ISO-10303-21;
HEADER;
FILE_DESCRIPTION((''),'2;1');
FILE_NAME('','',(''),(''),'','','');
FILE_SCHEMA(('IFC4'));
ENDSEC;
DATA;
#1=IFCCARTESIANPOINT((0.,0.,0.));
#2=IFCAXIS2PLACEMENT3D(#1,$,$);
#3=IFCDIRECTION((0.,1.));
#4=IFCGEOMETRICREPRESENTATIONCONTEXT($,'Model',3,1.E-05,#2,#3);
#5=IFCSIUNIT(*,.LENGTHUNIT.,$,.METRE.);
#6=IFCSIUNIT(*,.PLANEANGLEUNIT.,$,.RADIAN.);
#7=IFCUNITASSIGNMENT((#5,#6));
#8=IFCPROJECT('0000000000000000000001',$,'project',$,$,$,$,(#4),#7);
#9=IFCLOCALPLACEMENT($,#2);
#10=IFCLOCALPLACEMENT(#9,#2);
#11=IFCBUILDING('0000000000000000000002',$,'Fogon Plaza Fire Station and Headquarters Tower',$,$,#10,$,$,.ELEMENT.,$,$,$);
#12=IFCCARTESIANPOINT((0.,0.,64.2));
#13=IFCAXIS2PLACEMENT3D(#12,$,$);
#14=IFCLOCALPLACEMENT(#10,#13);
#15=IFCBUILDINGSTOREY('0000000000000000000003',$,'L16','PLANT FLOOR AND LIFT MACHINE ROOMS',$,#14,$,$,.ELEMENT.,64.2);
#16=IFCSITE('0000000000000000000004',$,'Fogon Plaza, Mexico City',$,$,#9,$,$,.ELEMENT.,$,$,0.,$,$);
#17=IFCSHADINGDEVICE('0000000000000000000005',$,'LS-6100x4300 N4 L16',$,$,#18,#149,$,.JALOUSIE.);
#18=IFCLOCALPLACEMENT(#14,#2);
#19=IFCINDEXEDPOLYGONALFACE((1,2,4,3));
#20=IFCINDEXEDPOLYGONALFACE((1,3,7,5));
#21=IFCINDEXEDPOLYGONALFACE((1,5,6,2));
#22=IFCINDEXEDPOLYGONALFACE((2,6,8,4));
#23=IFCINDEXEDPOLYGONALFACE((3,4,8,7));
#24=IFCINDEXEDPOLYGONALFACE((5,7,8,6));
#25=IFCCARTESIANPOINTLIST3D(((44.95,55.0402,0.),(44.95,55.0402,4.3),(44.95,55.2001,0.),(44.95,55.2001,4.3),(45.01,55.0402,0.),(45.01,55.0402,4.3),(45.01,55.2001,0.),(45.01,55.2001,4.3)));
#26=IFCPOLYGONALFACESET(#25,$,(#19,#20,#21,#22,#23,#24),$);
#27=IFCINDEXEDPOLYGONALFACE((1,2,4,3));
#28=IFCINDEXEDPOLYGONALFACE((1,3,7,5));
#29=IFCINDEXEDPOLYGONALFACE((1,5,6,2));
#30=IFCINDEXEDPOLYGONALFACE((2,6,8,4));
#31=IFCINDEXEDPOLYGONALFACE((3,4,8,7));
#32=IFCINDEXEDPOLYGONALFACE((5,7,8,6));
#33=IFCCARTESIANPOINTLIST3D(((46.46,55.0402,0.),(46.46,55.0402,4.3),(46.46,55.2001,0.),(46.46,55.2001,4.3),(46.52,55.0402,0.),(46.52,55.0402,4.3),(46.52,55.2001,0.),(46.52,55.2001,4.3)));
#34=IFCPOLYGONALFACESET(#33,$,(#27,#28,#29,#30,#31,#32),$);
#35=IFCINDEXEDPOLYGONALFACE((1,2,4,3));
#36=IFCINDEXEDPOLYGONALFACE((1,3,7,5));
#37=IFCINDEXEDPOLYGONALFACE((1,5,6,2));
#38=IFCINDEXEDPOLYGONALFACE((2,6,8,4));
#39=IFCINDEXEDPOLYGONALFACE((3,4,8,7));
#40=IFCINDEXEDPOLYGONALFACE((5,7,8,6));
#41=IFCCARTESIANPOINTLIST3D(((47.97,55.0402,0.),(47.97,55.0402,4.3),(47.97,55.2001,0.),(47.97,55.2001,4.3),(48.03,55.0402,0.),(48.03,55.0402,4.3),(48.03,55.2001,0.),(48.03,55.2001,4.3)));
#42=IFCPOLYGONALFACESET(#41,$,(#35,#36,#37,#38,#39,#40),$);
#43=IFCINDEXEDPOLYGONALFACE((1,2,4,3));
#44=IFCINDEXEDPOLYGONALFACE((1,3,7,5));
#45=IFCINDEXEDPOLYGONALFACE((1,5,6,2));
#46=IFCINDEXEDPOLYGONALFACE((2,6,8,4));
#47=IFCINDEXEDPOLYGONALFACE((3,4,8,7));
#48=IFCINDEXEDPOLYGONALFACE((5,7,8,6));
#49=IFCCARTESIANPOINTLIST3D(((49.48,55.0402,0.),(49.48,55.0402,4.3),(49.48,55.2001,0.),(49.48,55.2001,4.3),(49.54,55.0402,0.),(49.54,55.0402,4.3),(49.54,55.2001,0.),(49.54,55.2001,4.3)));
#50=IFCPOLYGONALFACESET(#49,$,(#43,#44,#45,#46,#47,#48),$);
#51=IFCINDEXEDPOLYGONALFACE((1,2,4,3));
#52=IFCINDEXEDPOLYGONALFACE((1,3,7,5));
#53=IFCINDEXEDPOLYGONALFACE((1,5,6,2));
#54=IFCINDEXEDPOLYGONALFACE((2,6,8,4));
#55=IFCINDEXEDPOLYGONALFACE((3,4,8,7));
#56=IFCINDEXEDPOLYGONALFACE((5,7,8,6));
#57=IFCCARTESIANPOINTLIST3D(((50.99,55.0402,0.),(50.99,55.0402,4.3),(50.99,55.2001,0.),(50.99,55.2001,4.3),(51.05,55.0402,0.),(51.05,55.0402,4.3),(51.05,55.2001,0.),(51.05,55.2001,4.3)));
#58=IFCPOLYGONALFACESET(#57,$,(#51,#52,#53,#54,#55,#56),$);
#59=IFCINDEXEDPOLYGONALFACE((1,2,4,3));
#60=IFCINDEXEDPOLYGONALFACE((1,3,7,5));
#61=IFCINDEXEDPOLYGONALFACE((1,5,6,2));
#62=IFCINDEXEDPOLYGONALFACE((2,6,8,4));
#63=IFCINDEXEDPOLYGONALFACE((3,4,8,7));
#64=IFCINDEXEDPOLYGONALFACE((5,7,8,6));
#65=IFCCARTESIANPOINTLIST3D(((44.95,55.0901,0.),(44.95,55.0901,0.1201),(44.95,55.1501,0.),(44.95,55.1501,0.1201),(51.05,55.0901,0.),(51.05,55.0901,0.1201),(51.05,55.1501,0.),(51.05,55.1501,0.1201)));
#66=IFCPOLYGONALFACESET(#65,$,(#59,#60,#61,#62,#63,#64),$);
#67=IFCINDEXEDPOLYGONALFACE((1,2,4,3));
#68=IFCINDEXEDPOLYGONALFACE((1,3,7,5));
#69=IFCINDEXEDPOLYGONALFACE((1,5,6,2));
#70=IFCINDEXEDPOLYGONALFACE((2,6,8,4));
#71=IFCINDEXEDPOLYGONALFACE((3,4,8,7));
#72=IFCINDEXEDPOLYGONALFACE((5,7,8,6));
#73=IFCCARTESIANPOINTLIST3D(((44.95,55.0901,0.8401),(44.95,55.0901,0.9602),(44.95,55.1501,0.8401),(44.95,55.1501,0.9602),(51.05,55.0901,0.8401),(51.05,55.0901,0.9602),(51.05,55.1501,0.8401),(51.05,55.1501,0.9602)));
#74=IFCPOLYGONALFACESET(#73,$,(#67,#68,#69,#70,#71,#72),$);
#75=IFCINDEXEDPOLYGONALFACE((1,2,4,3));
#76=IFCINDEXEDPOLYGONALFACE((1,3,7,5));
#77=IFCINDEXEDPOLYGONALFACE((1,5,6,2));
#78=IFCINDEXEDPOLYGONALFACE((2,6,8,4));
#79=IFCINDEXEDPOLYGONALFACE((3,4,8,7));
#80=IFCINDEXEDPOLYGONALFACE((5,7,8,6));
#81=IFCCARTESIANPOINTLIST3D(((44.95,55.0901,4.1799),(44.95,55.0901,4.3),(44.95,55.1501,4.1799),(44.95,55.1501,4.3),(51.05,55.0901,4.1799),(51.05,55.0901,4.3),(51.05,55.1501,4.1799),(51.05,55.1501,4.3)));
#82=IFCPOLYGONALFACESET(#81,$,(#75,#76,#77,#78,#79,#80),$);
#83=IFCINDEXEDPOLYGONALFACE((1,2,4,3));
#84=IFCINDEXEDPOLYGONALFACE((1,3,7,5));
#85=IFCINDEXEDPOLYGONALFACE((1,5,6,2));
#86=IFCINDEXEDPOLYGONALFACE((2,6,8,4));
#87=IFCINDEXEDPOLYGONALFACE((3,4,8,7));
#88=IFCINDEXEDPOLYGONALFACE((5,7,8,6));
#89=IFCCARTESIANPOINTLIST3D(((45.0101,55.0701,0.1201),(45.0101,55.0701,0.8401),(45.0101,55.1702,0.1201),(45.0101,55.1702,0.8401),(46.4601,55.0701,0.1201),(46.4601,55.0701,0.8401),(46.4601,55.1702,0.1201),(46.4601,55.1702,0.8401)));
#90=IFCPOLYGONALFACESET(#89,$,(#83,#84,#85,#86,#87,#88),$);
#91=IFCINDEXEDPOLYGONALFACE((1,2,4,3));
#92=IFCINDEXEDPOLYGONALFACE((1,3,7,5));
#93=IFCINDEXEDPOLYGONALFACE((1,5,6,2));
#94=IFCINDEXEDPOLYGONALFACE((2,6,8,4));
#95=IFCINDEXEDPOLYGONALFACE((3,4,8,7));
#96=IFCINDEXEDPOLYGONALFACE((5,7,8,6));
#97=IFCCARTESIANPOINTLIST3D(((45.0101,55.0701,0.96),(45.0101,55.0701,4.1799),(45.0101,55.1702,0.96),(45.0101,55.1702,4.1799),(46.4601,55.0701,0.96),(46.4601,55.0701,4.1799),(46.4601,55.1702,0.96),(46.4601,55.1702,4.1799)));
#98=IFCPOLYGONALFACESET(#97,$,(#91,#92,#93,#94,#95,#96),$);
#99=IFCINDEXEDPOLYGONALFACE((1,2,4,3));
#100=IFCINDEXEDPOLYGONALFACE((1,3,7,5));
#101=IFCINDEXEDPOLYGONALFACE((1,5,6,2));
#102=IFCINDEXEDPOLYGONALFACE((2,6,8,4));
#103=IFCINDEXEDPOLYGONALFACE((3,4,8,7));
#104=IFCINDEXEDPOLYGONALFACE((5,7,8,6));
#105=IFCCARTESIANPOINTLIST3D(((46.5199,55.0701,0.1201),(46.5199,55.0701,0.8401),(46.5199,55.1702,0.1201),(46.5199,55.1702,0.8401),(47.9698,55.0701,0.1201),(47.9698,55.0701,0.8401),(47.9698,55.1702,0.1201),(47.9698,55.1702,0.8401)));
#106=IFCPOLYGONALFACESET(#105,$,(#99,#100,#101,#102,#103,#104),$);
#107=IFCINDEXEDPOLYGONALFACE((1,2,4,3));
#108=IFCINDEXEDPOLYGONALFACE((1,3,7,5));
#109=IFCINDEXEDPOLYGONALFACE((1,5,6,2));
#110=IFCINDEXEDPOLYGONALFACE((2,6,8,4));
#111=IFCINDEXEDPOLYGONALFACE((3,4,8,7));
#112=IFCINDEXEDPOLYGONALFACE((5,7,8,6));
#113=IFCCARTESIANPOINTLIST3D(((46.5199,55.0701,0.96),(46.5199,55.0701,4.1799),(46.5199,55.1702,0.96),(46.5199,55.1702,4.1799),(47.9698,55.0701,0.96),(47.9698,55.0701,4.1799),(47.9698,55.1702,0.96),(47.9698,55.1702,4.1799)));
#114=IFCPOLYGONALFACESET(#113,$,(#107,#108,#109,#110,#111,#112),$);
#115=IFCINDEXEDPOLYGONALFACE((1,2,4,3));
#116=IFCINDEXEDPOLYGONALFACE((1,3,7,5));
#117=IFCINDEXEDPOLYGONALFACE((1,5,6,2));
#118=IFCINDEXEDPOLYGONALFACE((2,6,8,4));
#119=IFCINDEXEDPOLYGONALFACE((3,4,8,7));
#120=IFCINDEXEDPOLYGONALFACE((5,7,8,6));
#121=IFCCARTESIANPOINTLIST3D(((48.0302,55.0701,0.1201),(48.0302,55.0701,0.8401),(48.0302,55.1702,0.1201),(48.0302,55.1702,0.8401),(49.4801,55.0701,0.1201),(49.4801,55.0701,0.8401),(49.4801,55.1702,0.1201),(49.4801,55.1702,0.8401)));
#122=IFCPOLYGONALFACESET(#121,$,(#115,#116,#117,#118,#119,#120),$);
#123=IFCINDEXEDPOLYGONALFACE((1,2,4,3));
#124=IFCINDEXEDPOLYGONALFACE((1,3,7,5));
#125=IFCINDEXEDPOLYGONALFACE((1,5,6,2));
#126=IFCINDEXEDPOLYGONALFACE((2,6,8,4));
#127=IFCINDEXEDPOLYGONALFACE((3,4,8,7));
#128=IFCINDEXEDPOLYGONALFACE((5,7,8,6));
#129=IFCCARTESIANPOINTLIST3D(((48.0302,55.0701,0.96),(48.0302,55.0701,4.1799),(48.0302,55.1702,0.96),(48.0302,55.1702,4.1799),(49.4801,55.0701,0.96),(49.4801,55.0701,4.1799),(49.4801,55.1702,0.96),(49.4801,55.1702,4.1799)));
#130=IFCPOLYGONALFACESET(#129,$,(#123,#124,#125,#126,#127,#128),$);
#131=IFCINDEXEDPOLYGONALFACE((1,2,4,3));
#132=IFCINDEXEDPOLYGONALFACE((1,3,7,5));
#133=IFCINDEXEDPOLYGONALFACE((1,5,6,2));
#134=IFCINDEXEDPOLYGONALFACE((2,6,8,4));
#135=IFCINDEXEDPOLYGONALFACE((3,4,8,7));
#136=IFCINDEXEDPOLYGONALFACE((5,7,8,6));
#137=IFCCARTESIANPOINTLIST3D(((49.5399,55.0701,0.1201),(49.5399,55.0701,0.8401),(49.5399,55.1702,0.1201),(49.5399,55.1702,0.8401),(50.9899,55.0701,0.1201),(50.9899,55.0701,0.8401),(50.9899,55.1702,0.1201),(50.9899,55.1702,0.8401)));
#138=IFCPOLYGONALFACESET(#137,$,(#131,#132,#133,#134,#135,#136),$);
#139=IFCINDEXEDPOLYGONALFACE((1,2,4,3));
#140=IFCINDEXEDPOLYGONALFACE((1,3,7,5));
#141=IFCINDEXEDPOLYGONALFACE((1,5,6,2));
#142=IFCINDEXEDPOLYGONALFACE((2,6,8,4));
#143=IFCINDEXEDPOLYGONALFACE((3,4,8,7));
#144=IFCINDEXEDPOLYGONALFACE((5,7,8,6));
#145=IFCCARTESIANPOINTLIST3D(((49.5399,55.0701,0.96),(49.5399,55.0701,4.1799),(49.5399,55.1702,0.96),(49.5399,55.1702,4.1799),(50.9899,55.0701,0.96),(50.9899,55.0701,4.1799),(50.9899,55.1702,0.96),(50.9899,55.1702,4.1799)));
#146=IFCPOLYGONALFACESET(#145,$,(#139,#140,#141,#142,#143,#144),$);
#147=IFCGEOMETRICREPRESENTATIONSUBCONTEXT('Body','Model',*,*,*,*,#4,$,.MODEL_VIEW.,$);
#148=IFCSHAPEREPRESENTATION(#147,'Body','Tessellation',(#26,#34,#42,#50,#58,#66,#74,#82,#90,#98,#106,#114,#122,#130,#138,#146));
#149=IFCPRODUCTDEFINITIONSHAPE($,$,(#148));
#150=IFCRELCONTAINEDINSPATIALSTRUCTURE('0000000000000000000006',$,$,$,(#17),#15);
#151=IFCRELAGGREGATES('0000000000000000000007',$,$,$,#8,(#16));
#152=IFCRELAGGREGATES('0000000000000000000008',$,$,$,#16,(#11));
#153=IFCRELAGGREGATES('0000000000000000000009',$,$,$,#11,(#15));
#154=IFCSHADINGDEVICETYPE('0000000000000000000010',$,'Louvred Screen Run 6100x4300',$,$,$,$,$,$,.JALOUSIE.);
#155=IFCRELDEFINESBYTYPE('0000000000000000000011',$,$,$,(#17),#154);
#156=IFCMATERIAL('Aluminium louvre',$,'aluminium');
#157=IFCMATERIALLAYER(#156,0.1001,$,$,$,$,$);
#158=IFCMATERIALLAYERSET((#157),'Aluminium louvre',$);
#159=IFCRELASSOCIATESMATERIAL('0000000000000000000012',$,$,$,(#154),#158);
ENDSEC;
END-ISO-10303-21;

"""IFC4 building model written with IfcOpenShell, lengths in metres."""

from ifc_helpers import new_model, si_unit, direction, frame, origin, origin_2d, place, context, subcontext, project, spatial, rectangle, extrude, material, layer, layer_set, type_object, element, save


model = new_model("IFC4")

# Units and contexts
model_context = context("Model", 3, precision=1e-05, world=origin(), true_north=direction((0.0, 1.0)))
body_context = subcontext(model_context, "Body", "Model", "MODEL_VIEW")
ifc_project = project(units=[si_unit("LENGTHUNIT", "METRE"), si_unit("PLANEANGLEUNIT", "RADIAN")], contexts=[model_context])

# Site, building, storey
site_placement = place(None, origin())
site = spatial("IfcSite", under=ifc_project, at=site_placement, Name="Fogon Plaza, Mexico City", CompositionType="ELEMENT", RefElevation=0.0)
building_placement = place(site_placement, origin())
building = spatial("IfcBuilding", under=site, at=building_placement, Name="Fogon Plaza Fire Station and Headquarters Tower", CompositionType="ELEMENT")
storey_placement = place(building_placement, frame((0.0, 0.0, 64.2)))
storey = spatial("IfcBuildingStorey", under=building, at=storey_placement, Name="L16", Description="PLANT FLOOR AND LIFT MACHINE ROOMS", CompositionType="ELEMENT", Elevation=64.2)

# Shading device
ifc_material_1 = material(Name="Aluminium louvre", Category="aluminium")
ifc_layer_1 = layer(ifc_material_1, 0.1001)
ifc_layer_set_1 = layer_set([ifc_layer_1], Name="Aluminium louvre")
shading_device_type = type_object("IfcShadingDeviceType", Name="Louvred Screen Run 6100x4300", PredefinedType="JALOUSIE", material=ifc_layer_set_1)
shading_device_placement = place(storey_placement, frame((44.95, 55.1201, 0.0), z_axis=(0.0, 0.0, 1.0), x_axis=(1.0, 0.0, 0.0)))
element("IfcShadingDevice", 1, at=shading_device_placement, inside=storey, type_object=shading_device_type, Name="LS-6100x4300 N4 L16", PredefinedType="JALOUSIE", context=body_context, shape_type="SweptSolid", body=[
    extrude(rectangle(XDim=0.0601, YDim=0.1599, at=origin_2d()), frame((0.03, 0.0, 0.0), z_axis=(0.0, 0.0, 1.0), x_axis=(1.0, 0.0, 0.0)), (0.0, 0.0, 1.0), 4.3),
    extrude(rectangle(XDim=0.0601, YDim=0.1599, at=origin_2d()), frame((1.54, 0.0, 0.0), z_axis=(0.0, 0.0, 1.0), x_axis=(1.0, 0.0, 0.0)), (0.0, 0.0, 1.0), 4.3),
    extrude(rectangle(XDim=0.0601, YDim=0.1599, at=origin_2d()), frame((3.05, 0.0, 0.0), z_axis=(0.0, 0.0, 1.0), x_axis=(1.0, 0.0, 0.0)), (0.0, 0.0, 1.0), 4.3),
    extrude(rectangle(XDim=0.0601, YDim=0.1599, at=origin_2d()), frame((4.5601, 0.0, 0.0), z_axis=(0.0, 0.0, 1.0), x_axis=(1.0, 0.0, 0.0)), (0.0, 0.0, 1.0), 4.3),
    extrude(rectangle(XDim=0.0601, YDim=0.1599, at=origin_2d()), frame((6.0701, 0.0, 0.0), z_axis=(0.0, 0.0, 1.0), x_axis=(1.0, 0.0, 0.0)), (0.0, 0.0, 1.0), 4.3),
    extrude(rectangle(XDim=0.1201, YDim=0.0601, at=origin_2d()), frame((0.0, 0.0, 0.0601), z_axis=(1.0, 0.0, 0.0), x_axis=(0.0, 0.0, 1.0)), (0.0, 0.0, 1.0), 6.1001),
    extrude(rectangle(XDim=0.1201, YDim=0.0601, at=origin_2d()), frame((0.0, 0.0, 0.9001), z_axis=(1.0, 0.0, 0.0), x_axis=(0.0, 0.0, 1.0)), (0.0, 0.0, 1.0), 6.1001),
    extrude(rectangle(XDim=0.1201, YDim=0.0601, at=origin_2d()), frame((0.0, 0.0, 4.24), z_axis=(1.0, 0.0, 0.0), x_axis=(0.0, 0.0, 1.0)), (0.0, 0.0, 1.0), 6.1001),
    extrude(rectangle(XDim=1.45, YDim=0.1001, at=origin_2d()), frame((0.7852, 0.0, 0.1201), z_axis=(0.0, 0.0, 1.0), x_axis=(1.0, 0.0, 0.0)), (0.0, 0.0, 1.0), 0.72),
    extrude(rectangle(XDim=1.45, YDim=0.1001, at=origin_2d()), frame((0.7852, 0.0, 0.96), z_axis=(0.0, 0.0, 1.0), x_axis=(1.0, 0.0, 0.0)), (0.0, 0.0, 1.0), 3.22),
    extrude(rectangle(XDim=1.45, YDim=0.1001, at=origin_2d()), frame((2.2949, 0.0, 0.1201), z_axis=(0.0, 0.0, 1.0), x_axis=(1.0, 0.0, 0.0)), (0.0, 0.0, 1.0), 0.72),
    extrude(rectangle(XDim=1.45, YDim=0.1001, at=origin_2d()), frame((2.2949, 0.0, 0.96), z_axis=(0.0, 0.0, 1.0), x_axis=(1.0, 0.0, 0.0)), (0.0, 0.0, 1.0), 3.22),
    extrude(rectangle(XDim=1.45, YDim=0.1001, at=origin_2d()), frame((3.8052, 0.0, 0.1201), z_axis=(0.0, 0.0, 1.0), x_axis=(1.0, 0.0, 0.0)), (0.0, 0.0, 1.0), 0.72),
    extrude(rectangle(XDim=1.45, YDim=0.1001, at=origin_2d()), frame((3.8052, 0.0, 0.96), z_axis=(0.0, 0.0, 1.0), x_axis=(1.0, 0.0, 0.0)), (0.0, 0.0, 1.0), 3.22),
    extrude(rectangle(XDim=1.45, YDim=0.1001, at=origin_2d()), frame((5.3149, 0.0, 0.1201), z_axis=(0.0, 0.0, 1.0), x_axis=(1.0, 0.0, 0.0)), (0.0, 0.0, 1.0), 0.72),
    extrude(rectangle(XDim=1.45, YDim=0.1001, at=origin_2d()), frame((5.3149, 0.0, 0.96), z_axis=(0.0, 0.0, 1.0), x_axis=(1.0, 0.0, 0.0)), (0.0, 0.0, 1.0), 3.22),
])

save(model, "model.ifc")
